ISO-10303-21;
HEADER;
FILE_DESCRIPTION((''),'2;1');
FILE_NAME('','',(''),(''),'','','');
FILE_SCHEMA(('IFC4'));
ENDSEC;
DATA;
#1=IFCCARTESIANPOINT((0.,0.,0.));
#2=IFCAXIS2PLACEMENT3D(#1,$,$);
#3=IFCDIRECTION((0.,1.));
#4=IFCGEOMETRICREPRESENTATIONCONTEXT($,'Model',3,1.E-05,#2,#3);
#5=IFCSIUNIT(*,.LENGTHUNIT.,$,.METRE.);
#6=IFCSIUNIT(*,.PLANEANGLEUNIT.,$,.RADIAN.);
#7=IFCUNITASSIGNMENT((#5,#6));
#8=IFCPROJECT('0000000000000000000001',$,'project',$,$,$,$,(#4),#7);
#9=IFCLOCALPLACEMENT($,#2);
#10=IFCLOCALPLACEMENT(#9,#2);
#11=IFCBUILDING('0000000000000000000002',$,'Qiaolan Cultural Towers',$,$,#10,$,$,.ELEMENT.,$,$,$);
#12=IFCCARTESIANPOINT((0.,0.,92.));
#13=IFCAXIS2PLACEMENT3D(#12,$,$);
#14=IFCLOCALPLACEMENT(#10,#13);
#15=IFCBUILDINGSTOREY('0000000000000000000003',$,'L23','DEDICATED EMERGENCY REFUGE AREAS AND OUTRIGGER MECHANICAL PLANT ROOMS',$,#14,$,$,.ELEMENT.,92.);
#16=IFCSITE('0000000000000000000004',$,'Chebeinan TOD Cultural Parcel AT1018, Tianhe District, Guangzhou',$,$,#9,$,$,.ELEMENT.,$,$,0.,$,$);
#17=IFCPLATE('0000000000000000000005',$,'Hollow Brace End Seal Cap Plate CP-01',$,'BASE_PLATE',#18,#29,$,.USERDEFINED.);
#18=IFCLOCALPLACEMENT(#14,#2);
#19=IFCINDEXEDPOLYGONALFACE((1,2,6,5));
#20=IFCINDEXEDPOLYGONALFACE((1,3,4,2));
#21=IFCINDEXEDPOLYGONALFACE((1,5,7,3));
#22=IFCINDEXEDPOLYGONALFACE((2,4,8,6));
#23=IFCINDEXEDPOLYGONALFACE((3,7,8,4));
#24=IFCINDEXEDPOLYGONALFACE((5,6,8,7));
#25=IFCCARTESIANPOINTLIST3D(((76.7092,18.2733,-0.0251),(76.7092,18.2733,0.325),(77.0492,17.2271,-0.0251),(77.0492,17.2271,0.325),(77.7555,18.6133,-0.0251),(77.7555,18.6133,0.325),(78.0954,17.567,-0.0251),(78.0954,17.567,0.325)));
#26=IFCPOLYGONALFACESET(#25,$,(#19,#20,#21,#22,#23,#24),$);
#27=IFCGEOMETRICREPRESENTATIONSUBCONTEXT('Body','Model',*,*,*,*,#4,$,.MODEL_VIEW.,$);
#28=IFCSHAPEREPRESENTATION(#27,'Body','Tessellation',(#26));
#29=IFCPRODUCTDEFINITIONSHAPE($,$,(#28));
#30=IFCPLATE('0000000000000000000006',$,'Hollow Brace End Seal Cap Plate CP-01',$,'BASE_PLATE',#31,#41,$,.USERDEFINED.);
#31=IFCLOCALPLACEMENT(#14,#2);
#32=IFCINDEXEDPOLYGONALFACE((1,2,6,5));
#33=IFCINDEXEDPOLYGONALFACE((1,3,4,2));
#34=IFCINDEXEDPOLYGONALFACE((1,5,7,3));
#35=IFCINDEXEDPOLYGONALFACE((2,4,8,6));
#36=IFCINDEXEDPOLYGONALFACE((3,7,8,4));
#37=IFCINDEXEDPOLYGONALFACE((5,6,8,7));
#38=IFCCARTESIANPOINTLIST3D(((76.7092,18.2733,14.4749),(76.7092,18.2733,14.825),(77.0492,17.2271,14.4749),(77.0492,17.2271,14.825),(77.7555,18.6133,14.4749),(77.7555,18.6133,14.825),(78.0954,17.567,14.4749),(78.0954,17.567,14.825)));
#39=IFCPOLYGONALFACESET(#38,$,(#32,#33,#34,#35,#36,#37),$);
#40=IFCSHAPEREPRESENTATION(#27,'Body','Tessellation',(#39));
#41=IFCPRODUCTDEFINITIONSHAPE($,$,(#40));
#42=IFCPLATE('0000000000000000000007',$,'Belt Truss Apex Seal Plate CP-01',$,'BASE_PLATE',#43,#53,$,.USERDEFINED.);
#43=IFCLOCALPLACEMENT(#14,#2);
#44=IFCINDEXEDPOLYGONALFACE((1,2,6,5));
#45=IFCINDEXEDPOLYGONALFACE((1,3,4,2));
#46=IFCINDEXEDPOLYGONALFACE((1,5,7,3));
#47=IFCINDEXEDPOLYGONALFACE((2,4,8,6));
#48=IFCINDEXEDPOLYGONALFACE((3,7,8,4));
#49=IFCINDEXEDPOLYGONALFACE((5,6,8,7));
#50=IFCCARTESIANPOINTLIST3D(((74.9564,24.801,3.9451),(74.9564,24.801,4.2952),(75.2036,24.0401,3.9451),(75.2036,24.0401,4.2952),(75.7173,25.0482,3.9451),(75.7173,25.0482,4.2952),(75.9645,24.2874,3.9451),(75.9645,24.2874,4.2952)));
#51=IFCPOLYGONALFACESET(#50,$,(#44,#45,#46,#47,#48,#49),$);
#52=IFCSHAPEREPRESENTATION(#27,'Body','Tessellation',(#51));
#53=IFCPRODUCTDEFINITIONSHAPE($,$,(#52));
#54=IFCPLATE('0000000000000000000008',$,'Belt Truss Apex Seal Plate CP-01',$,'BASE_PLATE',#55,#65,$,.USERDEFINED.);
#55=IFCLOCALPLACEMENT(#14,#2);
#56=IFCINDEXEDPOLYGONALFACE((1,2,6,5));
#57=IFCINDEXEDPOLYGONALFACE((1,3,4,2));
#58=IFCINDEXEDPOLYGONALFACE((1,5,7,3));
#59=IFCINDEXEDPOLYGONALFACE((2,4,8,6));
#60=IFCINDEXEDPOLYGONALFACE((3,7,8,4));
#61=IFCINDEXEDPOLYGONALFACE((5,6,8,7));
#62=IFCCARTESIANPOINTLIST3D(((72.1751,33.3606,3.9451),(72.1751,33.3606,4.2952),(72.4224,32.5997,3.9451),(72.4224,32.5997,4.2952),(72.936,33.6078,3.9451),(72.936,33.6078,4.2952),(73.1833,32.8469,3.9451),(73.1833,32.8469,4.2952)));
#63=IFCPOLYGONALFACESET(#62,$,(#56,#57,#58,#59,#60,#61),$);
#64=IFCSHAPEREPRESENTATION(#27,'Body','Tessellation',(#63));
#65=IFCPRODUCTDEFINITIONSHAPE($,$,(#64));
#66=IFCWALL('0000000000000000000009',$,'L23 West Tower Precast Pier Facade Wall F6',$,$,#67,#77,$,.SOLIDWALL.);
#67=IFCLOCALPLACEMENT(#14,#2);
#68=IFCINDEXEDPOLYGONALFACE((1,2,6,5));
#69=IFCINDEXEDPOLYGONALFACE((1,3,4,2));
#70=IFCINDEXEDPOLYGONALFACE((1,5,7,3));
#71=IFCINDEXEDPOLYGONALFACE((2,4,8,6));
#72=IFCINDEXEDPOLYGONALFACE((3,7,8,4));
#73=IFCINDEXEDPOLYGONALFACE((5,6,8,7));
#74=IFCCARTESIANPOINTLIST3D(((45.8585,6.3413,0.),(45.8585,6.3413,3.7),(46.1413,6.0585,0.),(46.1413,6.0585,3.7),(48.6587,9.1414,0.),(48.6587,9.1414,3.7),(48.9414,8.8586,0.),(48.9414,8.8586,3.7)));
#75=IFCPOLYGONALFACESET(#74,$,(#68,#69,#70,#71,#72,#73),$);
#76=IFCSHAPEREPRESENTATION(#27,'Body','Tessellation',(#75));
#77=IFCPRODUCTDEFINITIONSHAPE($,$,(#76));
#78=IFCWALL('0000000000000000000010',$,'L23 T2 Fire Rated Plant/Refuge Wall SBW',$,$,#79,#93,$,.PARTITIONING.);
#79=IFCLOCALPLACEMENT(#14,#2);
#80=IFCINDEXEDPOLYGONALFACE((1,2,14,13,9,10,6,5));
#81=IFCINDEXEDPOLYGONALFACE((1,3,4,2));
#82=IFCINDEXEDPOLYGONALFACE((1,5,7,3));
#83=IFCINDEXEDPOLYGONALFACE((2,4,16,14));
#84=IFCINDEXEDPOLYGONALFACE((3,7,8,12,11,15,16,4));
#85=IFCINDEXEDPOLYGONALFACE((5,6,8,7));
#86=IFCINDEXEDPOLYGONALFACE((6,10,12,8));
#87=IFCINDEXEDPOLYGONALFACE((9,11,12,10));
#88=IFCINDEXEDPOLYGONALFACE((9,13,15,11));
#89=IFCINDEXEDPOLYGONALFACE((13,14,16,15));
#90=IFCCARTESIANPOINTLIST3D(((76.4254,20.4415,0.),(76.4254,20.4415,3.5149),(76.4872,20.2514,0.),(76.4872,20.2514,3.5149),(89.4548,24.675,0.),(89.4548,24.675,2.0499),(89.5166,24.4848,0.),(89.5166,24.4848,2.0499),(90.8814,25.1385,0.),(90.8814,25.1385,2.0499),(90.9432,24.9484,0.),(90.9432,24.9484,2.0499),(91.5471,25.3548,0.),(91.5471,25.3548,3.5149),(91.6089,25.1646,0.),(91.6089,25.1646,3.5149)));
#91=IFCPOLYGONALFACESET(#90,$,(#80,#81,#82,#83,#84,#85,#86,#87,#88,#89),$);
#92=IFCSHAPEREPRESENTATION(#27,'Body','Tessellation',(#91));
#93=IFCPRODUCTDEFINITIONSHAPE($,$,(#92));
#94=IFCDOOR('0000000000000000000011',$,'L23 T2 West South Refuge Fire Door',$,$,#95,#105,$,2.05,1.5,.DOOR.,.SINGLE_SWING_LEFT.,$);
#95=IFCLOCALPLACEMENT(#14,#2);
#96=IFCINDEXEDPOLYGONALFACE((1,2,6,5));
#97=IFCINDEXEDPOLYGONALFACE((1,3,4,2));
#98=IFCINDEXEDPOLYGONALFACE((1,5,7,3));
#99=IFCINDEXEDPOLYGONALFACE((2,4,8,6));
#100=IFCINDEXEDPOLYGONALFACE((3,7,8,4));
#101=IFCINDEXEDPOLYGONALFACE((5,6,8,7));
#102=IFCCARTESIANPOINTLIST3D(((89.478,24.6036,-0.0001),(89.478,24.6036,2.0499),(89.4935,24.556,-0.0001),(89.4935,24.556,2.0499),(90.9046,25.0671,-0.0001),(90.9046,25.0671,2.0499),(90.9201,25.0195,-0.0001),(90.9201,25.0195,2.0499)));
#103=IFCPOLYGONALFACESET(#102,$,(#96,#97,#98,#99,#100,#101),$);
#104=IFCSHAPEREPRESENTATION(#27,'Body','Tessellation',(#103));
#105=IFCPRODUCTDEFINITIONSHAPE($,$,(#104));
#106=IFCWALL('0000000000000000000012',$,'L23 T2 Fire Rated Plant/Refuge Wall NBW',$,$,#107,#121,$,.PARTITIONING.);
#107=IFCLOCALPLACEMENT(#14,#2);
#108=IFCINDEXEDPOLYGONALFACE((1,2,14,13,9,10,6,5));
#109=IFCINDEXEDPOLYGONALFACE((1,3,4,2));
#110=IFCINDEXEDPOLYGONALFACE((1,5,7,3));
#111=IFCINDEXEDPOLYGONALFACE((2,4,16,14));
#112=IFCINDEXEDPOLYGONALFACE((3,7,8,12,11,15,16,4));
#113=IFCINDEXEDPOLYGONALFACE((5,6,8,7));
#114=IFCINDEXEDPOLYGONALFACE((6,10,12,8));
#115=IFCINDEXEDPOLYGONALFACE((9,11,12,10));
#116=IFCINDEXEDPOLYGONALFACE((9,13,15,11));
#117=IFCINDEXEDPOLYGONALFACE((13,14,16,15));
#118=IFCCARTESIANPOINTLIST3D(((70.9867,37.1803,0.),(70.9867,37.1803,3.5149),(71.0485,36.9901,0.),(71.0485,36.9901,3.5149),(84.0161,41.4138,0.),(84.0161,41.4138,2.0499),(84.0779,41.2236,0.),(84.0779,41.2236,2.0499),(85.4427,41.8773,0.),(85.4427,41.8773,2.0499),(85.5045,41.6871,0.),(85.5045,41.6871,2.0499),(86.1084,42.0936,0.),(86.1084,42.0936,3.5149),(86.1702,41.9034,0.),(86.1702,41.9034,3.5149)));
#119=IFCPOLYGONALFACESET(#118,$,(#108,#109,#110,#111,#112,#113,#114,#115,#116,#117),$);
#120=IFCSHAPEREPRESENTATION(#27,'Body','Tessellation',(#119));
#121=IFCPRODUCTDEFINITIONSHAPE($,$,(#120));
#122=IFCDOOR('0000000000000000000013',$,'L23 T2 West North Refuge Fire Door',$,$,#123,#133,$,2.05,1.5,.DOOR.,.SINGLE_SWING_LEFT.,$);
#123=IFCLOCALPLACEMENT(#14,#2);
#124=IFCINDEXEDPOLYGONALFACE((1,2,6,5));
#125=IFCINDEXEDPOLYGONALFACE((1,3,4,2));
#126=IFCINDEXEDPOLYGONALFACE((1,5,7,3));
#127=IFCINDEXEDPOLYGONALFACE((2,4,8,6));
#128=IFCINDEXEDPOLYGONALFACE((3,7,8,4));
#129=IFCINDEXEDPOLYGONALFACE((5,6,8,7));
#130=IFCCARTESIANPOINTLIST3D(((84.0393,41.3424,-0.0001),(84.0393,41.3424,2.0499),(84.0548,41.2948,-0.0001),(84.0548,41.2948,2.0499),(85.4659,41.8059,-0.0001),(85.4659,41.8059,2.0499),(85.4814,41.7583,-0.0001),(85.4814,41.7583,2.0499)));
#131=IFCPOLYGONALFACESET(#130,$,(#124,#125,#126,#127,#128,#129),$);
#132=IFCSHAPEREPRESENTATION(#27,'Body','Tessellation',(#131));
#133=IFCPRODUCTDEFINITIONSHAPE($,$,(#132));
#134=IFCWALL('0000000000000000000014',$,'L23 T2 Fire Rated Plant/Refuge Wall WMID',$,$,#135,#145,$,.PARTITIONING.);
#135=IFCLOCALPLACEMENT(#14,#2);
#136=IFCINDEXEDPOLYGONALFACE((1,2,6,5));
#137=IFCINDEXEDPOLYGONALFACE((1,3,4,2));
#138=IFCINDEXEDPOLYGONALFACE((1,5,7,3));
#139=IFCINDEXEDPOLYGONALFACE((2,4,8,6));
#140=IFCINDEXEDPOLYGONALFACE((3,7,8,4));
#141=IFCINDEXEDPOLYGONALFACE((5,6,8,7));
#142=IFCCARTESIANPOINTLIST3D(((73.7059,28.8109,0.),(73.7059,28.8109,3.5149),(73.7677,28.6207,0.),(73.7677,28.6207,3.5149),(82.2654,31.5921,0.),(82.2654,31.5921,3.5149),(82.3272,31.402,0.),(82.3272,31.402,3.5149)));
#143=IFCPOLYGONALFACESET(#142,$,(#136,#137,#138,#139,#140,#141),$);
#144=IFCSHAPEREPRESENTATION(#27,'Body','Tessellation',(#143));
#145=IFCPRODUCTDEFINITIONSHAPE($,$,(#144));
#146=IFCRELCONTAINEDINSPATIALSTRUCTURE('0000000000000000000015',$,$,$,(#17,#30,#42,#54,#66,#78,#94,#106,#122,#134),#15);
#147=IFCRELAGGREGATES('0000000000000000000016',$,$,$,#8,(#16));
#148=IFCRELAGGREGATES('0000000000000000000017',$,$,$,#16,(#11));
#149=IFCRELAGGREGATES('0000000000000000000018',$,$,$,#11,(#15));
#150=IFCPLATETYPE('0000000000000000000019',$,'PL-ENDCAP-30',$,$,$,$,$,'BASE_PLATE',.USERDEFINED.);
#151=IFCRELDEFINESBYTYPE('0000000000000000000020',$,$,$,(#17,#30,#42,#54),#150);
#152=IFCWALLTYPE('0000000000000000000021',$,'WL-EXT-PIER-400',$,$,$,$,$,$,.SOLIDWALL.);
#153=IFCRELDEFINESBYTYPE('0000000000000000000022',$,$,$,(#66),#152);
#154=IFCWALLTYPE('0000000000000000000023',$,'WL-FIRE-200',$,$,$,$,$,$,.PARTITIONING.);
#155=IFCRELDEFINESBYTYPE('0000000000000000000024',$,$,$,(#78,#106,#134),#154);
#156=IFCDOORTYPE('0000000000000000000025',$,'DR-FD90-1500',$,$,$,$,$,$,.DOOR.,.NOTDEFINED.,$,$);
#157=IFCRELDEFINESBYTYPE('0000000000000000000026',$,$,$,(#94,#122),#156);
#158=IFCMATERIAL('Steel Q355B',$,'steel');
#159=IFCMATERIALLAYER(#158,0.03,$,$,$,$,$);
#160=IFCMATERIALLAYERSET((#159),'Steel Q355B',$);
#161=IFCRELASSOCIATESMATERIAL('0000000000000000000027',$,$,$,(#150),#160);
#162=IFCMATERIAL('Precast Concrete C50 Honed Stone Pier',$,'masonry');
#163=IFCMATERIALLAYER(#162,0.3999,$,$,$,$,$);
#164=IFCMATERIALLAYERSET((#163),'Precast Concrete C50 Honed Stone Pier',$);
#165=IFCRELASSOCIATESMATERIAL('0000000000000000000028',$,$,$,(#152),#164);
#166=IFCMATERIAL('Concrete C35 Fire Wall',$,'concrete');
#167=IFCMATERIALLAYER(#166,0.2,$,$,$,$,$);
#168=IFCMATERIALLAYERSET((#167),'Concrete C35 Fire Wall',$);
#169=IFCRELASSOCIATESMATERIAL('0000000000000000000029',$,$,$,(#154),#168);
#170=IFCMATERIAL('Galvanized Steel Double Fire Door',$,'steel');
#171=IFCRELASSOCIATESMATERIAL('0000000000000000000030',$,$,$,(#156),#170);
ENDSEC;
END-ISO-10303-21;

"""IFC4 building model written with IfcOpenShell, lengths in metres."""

from ifc_helpers import new_model, si_unit, direction, frame, frame_2d, origin, origin_2d, place, context, subcontext, project, spatial, rectangle, extrude, material, layer, layer_set, type_object, element, fill, save


model = new_model("IFC4")

# Units and contexts
model_context = context("Model", 3, precision=1e-05, world=origin(), true_north=direction((0.0, 1.0)))
body_context = subcontext(model_context, "Body", "Model", "MODEL_VIEW")
ifc_project = project(units=[si_unit("LENGTHUNIT", "METRE"), si_unit("PLANEANGLEUNIT", "RADIAN")], contexts=[model_context])

# Site, building, storey
site_placement = place(None, origin())
site = spatial("IfcSite", under=ifc_project, at=site_placement, Name="Chebeinan TOD Cultural Parcel AT1018, Tianhe District, Guangzhou", CompositionType="ELEMENT", RefElevation=0.0)
building_placement = place(site_placement, origin())
building = spatial("IfcBuilding", under=site, at=building_placement, Name="Qiaolan Cultural Towers", CompositionType="ELEMENT")
storey_placement = place(building_placement, frame((0.0, 0.0, 92.0)))
storey = spatial("IfcBuildingStorey", under=building, at=storey_placement, Name="L23", Description="DEDICATED EMERGENCY REFUGE AREAS AND OUTRIGGER MECHANICAL PLANT ROOMS", CompositionType="ELEMENT", Elevation=92.0)

# Plates
ifc_material_1 = material(Name="Steel Q355B", Category="steel")
ifc_layer_1 = layer(ifc_material_1, 0.03)
ifc_layer_set_1 = layer_set([ifc_layer_1], Name="Steel Q355B")
plate_type_1 = type_object("IfcPlateType", Name="PL-ENDCAP-30", ElementType="BASE_PLATE", PredefinedType="USERDEFINED", material=ifc_layer_set_1)
for number, where, z_axis, x_axis, name in (
    (1, (77.4023, 17.9202, -0.0251), (0.0, 0.0, 1.0), (-0.309017, 0.951057, 0.0), "Hollow Brace End Seal Cap Plate CP-01"),
    (2, (77.4023, 17.9202, 14.4749), (0.0, 0.0, 1.0), (-0.309017, 0.951057, 0.0), "Hollow Brace End Seal Cap Plate CP-01"),
):
    element("IfcPlate", number, at=place(storey_placement, frame(where, z_axis=z_axis, x_axis=x_axis)), inside=storey, type_object=plate_type_1, Name=name, ObjectType="BASE_PLATE", PredefinedType="USERDEFINED", context=body_context, shape_type="SweptSolid", body=[
        extrude(rectangle(XDim=1.1001, YDim=1.1001, at=origin_2d()), origin(), (0.0, 0.0, 1.0), 0.3501),
    ])
for number, where, z_axis, x_axis, name in (
    (3, (75.4604, 24.5442, 3.9451), (0.0, 0.0, 1.0), (0.951057, 0.309017, 0.0), "Belt Truss Apex Seal Plate CP-01"),
    (4, (72.6792, 33.1038, 3.9451), (0.0, 0.0, 1.0), (0.951057, 0.309017, 0.0), "Belt Truss Apex Seal Plate CP-01"),
):
    element("IfcPlate", number, at=place(storey_placement, frame(where, z_axis=z_axis, x_axis=x_axis)), inside=storey, type_object=plate_type_1, Name=name, ObjectType="BASE_PLATE", PredefinedType="USERDEFINED", context=body_context, shape_type="SweptSolid", body=[
        extrude(rectangle(XDim=0.8, YDim=0.8, at=origin_2d()), origin(), (0.0, 0.0, 1.0), 0.3501),
    ])

# Wall
ifc_material_2 = material(Name="Precast Concrete C50 Honed Stone Pier", Category="masonry")
ifc_layer_2 = layer(ifc_material_2, 0.3999)
ifc_layer_set_2 = layer_set([ifc_layer_2], Name="Precast Concrete C50 Honed Stone Pier")
wall_type_1 = type_object("IfcWallType", Name="WL-EXT-PIER-400", PredefinedType="SOLIDWALL", material=ifc_layer_set_2)
wall_1_placement = place(storey_placement, frame((48.8, 9.0, 0.0), z_axis=(0.0, 0.0, 1.0), x_axis=(-0.707107, -0.707107, 0.0)))
element("IfcWall", 5, at=wall_1_placement, inside=storey, type_object=wall_type_1, Name="L23 West Tower Precast Pier Facade Wall F6", PredefinedType="SOLIDWALL", context=body_context, shape_type="SweptSolid", body=[
    extrude(rectangle(XDim=3.96, YDim=0.3999, at=frame_2d((1.98, 0.0))), origin(), (0.0, 0.0, 1.0), 3.7),
])

# Walls, openings, doors
ifc_material_3 = material(Name="Concrete C35 Fire Wall", Category="concrete")
ifc_layer_3 = layer(ifc_material_3, 0.2)
ifc_layer_set_3 = layer_set([ifc_layer_3], Name="Concrete C35 Fire Wall")
wall_type_2 = type_object("IfcWallType", Name="WL-FIRE-200", PredefinedType="PARTITIONING", material=ifc_layer_set_3)
wall_2_placement = place(storey_placement, frame((76.4563, 20.3464, 0.0), z_axis=(0.0, 0.0, 1.0), x_axis=(0.951057, 0.309014, 0.0)))
wall_2 = element("IfcWall", 6, at=wall_2_placement, inside=storey, type_object=wall_type_2, Name="L23 T2 Fire Rated Plant/Refuge Wall SBW", PredefinedType="PARTITIONING", context=body_context, shape_type="SweptSolid", body=[
    extrude(rectangle(XDim=15.8999, YDim=0.2, at=frame_2d((7.95, 0.0))), origin(), (0.0, 0.0, 1.0), 3.5149),
])
opening_1_placement = place(wall_2_placement, frame((13.7, 0.0, 0.0)))
opening_1 = element("IfcOpeningElement", 7, at=opening_1_placement, cuts=wall_2, PredefinedType="OPENING", context=body_context, shape_type="SweptSolid", body=[
    extrude(rectangle(XDim=1.5, YDim=2.05, at=frame_2d((0.75, 1.0249))), frame((0.0, 0.1099, 0.0), z_axis=(0.0, -1.0, 0.0), x_axis=(1.0, 0.0, 0.0)), (0.0, 0.0, 1.0), 0.22),
])
ifc_material_4 = material(Name="Galvanized Steel Double Fire Door", Category="steel")
door_type = type_object("IfcDoorType", Name="DR-FD90-1500", OperationType="NOTDEFINED", PredefinedType="DOOR", material=ifc_material_4)
door_1_placement = place(opening_1_placement, origin())
door_1 = element("IfcDoor", 8, at=door_1_placement, inside=storey, type_object=door_type, Name="L23 T2 West South Refuge Fire Door", OperationType="SINGLE_SWING_LEFT", OverallHeight=2.05, OverallWidth=1.5, PredefinedType="DOOR", context=body_context, shape_type="SweptSolid", body=[
    extrude(rectangle(XDim=1.5, YDim=2.05, at=frame_2d((0.75, 1.0249))), frame((0.0, 0.0249, 0.0), z_axis=(0.0, -1.0, 0.0), x_axis=(1.0, 0.0, 0.0)), (0.0, 0.0, 1.0), 0.05),
])
fill(opening_1, door_1)
wall_3_placement = place(storey_placement, frame((71.0176, 37.0852, 0.0), z_axis=(0.0, 0.0, 1.0), x_axis=(0.951057, 0.309014, 0.0)))
wall_3 = element("IfcWall", 9, at=wall_3_placement, inside=storey, type_object=wall_type_2, Name="L23 T2 Fire Rated Plant/Refuge Wall NBW", PredefinedType="PARTITIONING", context=body_context, shape_type="SweptSolid", body=[
    extrude(rectangle(XDim=15.8999, YDim=0.2, at=frame_2d((7.95, 0.0))), origin(), (0.0, 0.0, 1.0), 3.5149),
])
opening_2_placement = place(wall_3_placement, frame((13.7, 0.0, 0.0)))
opening_2 = element("IfcOpeningElement", 10, at=opening_2_placement, cuts=wall_3, PredefinedType="OPENING", context=body_context, shape_type="SweptSolid", body=[
    extrude(rectangle(XDim=1.5, YDim=2.05, at=frame_2d((0.75, 1.0249))), frame((0.0, 0.1099, 0.0), z_axis=(0.0, -1.0, 0.0), x_axis=(1.0, 0.0, 0.0)), (0.0, 0.0, 1.0), 0.22),
])
door_2_placement = place(opening_2_placement, origin())
door_2 = element("IfcDoor", 11, at=door_2_placement, inside=storey, type_object=door_type, Name="L23 T2 West North Refuge Fire Door", OperationType="SINGLE_SWING_LEFT", OverallHeight=2.05, OverallWidth=1.5, PredefinedType="DOOR", context=body_context, shape_type="SweptSolid", body=[
    extrude(rectangle(XDim=1.5, YDim=2.05, at=frame_2d((0.75, 1.0249))), frame((0.0, 0.0249, 0.0), z_axis=(0.0, -1.0, 0.0), x_axis=(1.0, 0.0, 0.0)), (0.0, 0.0, 1.0), 0.05),
])
fill(opening_2, door_2)

# Wall
wall_4_placement = place(storey_placement, frame((73.7368, 28.7158, 0.0), z_axis=(0.0, 0.0, 1.0), x_axis=(0.951054, 0.309025, 0.0)))
element("IfcWall", 12, at=wall_4_placement, inside=storey, type_object=wall_type_2, Name="L23 T2 Fire Rated Plant/Refuge Wall WMID", PredefinedType="PARTITIONING", context=body_context, shape_type="SweptSolid", body=[
    extrude(rectangle(XDim=9.0, YDim=0.2, at=frame_2d((4.5, 0.0))), origin(), (0.0, 0.0, 1.0), 3.5149),
])

save(model, "model.ifc")
